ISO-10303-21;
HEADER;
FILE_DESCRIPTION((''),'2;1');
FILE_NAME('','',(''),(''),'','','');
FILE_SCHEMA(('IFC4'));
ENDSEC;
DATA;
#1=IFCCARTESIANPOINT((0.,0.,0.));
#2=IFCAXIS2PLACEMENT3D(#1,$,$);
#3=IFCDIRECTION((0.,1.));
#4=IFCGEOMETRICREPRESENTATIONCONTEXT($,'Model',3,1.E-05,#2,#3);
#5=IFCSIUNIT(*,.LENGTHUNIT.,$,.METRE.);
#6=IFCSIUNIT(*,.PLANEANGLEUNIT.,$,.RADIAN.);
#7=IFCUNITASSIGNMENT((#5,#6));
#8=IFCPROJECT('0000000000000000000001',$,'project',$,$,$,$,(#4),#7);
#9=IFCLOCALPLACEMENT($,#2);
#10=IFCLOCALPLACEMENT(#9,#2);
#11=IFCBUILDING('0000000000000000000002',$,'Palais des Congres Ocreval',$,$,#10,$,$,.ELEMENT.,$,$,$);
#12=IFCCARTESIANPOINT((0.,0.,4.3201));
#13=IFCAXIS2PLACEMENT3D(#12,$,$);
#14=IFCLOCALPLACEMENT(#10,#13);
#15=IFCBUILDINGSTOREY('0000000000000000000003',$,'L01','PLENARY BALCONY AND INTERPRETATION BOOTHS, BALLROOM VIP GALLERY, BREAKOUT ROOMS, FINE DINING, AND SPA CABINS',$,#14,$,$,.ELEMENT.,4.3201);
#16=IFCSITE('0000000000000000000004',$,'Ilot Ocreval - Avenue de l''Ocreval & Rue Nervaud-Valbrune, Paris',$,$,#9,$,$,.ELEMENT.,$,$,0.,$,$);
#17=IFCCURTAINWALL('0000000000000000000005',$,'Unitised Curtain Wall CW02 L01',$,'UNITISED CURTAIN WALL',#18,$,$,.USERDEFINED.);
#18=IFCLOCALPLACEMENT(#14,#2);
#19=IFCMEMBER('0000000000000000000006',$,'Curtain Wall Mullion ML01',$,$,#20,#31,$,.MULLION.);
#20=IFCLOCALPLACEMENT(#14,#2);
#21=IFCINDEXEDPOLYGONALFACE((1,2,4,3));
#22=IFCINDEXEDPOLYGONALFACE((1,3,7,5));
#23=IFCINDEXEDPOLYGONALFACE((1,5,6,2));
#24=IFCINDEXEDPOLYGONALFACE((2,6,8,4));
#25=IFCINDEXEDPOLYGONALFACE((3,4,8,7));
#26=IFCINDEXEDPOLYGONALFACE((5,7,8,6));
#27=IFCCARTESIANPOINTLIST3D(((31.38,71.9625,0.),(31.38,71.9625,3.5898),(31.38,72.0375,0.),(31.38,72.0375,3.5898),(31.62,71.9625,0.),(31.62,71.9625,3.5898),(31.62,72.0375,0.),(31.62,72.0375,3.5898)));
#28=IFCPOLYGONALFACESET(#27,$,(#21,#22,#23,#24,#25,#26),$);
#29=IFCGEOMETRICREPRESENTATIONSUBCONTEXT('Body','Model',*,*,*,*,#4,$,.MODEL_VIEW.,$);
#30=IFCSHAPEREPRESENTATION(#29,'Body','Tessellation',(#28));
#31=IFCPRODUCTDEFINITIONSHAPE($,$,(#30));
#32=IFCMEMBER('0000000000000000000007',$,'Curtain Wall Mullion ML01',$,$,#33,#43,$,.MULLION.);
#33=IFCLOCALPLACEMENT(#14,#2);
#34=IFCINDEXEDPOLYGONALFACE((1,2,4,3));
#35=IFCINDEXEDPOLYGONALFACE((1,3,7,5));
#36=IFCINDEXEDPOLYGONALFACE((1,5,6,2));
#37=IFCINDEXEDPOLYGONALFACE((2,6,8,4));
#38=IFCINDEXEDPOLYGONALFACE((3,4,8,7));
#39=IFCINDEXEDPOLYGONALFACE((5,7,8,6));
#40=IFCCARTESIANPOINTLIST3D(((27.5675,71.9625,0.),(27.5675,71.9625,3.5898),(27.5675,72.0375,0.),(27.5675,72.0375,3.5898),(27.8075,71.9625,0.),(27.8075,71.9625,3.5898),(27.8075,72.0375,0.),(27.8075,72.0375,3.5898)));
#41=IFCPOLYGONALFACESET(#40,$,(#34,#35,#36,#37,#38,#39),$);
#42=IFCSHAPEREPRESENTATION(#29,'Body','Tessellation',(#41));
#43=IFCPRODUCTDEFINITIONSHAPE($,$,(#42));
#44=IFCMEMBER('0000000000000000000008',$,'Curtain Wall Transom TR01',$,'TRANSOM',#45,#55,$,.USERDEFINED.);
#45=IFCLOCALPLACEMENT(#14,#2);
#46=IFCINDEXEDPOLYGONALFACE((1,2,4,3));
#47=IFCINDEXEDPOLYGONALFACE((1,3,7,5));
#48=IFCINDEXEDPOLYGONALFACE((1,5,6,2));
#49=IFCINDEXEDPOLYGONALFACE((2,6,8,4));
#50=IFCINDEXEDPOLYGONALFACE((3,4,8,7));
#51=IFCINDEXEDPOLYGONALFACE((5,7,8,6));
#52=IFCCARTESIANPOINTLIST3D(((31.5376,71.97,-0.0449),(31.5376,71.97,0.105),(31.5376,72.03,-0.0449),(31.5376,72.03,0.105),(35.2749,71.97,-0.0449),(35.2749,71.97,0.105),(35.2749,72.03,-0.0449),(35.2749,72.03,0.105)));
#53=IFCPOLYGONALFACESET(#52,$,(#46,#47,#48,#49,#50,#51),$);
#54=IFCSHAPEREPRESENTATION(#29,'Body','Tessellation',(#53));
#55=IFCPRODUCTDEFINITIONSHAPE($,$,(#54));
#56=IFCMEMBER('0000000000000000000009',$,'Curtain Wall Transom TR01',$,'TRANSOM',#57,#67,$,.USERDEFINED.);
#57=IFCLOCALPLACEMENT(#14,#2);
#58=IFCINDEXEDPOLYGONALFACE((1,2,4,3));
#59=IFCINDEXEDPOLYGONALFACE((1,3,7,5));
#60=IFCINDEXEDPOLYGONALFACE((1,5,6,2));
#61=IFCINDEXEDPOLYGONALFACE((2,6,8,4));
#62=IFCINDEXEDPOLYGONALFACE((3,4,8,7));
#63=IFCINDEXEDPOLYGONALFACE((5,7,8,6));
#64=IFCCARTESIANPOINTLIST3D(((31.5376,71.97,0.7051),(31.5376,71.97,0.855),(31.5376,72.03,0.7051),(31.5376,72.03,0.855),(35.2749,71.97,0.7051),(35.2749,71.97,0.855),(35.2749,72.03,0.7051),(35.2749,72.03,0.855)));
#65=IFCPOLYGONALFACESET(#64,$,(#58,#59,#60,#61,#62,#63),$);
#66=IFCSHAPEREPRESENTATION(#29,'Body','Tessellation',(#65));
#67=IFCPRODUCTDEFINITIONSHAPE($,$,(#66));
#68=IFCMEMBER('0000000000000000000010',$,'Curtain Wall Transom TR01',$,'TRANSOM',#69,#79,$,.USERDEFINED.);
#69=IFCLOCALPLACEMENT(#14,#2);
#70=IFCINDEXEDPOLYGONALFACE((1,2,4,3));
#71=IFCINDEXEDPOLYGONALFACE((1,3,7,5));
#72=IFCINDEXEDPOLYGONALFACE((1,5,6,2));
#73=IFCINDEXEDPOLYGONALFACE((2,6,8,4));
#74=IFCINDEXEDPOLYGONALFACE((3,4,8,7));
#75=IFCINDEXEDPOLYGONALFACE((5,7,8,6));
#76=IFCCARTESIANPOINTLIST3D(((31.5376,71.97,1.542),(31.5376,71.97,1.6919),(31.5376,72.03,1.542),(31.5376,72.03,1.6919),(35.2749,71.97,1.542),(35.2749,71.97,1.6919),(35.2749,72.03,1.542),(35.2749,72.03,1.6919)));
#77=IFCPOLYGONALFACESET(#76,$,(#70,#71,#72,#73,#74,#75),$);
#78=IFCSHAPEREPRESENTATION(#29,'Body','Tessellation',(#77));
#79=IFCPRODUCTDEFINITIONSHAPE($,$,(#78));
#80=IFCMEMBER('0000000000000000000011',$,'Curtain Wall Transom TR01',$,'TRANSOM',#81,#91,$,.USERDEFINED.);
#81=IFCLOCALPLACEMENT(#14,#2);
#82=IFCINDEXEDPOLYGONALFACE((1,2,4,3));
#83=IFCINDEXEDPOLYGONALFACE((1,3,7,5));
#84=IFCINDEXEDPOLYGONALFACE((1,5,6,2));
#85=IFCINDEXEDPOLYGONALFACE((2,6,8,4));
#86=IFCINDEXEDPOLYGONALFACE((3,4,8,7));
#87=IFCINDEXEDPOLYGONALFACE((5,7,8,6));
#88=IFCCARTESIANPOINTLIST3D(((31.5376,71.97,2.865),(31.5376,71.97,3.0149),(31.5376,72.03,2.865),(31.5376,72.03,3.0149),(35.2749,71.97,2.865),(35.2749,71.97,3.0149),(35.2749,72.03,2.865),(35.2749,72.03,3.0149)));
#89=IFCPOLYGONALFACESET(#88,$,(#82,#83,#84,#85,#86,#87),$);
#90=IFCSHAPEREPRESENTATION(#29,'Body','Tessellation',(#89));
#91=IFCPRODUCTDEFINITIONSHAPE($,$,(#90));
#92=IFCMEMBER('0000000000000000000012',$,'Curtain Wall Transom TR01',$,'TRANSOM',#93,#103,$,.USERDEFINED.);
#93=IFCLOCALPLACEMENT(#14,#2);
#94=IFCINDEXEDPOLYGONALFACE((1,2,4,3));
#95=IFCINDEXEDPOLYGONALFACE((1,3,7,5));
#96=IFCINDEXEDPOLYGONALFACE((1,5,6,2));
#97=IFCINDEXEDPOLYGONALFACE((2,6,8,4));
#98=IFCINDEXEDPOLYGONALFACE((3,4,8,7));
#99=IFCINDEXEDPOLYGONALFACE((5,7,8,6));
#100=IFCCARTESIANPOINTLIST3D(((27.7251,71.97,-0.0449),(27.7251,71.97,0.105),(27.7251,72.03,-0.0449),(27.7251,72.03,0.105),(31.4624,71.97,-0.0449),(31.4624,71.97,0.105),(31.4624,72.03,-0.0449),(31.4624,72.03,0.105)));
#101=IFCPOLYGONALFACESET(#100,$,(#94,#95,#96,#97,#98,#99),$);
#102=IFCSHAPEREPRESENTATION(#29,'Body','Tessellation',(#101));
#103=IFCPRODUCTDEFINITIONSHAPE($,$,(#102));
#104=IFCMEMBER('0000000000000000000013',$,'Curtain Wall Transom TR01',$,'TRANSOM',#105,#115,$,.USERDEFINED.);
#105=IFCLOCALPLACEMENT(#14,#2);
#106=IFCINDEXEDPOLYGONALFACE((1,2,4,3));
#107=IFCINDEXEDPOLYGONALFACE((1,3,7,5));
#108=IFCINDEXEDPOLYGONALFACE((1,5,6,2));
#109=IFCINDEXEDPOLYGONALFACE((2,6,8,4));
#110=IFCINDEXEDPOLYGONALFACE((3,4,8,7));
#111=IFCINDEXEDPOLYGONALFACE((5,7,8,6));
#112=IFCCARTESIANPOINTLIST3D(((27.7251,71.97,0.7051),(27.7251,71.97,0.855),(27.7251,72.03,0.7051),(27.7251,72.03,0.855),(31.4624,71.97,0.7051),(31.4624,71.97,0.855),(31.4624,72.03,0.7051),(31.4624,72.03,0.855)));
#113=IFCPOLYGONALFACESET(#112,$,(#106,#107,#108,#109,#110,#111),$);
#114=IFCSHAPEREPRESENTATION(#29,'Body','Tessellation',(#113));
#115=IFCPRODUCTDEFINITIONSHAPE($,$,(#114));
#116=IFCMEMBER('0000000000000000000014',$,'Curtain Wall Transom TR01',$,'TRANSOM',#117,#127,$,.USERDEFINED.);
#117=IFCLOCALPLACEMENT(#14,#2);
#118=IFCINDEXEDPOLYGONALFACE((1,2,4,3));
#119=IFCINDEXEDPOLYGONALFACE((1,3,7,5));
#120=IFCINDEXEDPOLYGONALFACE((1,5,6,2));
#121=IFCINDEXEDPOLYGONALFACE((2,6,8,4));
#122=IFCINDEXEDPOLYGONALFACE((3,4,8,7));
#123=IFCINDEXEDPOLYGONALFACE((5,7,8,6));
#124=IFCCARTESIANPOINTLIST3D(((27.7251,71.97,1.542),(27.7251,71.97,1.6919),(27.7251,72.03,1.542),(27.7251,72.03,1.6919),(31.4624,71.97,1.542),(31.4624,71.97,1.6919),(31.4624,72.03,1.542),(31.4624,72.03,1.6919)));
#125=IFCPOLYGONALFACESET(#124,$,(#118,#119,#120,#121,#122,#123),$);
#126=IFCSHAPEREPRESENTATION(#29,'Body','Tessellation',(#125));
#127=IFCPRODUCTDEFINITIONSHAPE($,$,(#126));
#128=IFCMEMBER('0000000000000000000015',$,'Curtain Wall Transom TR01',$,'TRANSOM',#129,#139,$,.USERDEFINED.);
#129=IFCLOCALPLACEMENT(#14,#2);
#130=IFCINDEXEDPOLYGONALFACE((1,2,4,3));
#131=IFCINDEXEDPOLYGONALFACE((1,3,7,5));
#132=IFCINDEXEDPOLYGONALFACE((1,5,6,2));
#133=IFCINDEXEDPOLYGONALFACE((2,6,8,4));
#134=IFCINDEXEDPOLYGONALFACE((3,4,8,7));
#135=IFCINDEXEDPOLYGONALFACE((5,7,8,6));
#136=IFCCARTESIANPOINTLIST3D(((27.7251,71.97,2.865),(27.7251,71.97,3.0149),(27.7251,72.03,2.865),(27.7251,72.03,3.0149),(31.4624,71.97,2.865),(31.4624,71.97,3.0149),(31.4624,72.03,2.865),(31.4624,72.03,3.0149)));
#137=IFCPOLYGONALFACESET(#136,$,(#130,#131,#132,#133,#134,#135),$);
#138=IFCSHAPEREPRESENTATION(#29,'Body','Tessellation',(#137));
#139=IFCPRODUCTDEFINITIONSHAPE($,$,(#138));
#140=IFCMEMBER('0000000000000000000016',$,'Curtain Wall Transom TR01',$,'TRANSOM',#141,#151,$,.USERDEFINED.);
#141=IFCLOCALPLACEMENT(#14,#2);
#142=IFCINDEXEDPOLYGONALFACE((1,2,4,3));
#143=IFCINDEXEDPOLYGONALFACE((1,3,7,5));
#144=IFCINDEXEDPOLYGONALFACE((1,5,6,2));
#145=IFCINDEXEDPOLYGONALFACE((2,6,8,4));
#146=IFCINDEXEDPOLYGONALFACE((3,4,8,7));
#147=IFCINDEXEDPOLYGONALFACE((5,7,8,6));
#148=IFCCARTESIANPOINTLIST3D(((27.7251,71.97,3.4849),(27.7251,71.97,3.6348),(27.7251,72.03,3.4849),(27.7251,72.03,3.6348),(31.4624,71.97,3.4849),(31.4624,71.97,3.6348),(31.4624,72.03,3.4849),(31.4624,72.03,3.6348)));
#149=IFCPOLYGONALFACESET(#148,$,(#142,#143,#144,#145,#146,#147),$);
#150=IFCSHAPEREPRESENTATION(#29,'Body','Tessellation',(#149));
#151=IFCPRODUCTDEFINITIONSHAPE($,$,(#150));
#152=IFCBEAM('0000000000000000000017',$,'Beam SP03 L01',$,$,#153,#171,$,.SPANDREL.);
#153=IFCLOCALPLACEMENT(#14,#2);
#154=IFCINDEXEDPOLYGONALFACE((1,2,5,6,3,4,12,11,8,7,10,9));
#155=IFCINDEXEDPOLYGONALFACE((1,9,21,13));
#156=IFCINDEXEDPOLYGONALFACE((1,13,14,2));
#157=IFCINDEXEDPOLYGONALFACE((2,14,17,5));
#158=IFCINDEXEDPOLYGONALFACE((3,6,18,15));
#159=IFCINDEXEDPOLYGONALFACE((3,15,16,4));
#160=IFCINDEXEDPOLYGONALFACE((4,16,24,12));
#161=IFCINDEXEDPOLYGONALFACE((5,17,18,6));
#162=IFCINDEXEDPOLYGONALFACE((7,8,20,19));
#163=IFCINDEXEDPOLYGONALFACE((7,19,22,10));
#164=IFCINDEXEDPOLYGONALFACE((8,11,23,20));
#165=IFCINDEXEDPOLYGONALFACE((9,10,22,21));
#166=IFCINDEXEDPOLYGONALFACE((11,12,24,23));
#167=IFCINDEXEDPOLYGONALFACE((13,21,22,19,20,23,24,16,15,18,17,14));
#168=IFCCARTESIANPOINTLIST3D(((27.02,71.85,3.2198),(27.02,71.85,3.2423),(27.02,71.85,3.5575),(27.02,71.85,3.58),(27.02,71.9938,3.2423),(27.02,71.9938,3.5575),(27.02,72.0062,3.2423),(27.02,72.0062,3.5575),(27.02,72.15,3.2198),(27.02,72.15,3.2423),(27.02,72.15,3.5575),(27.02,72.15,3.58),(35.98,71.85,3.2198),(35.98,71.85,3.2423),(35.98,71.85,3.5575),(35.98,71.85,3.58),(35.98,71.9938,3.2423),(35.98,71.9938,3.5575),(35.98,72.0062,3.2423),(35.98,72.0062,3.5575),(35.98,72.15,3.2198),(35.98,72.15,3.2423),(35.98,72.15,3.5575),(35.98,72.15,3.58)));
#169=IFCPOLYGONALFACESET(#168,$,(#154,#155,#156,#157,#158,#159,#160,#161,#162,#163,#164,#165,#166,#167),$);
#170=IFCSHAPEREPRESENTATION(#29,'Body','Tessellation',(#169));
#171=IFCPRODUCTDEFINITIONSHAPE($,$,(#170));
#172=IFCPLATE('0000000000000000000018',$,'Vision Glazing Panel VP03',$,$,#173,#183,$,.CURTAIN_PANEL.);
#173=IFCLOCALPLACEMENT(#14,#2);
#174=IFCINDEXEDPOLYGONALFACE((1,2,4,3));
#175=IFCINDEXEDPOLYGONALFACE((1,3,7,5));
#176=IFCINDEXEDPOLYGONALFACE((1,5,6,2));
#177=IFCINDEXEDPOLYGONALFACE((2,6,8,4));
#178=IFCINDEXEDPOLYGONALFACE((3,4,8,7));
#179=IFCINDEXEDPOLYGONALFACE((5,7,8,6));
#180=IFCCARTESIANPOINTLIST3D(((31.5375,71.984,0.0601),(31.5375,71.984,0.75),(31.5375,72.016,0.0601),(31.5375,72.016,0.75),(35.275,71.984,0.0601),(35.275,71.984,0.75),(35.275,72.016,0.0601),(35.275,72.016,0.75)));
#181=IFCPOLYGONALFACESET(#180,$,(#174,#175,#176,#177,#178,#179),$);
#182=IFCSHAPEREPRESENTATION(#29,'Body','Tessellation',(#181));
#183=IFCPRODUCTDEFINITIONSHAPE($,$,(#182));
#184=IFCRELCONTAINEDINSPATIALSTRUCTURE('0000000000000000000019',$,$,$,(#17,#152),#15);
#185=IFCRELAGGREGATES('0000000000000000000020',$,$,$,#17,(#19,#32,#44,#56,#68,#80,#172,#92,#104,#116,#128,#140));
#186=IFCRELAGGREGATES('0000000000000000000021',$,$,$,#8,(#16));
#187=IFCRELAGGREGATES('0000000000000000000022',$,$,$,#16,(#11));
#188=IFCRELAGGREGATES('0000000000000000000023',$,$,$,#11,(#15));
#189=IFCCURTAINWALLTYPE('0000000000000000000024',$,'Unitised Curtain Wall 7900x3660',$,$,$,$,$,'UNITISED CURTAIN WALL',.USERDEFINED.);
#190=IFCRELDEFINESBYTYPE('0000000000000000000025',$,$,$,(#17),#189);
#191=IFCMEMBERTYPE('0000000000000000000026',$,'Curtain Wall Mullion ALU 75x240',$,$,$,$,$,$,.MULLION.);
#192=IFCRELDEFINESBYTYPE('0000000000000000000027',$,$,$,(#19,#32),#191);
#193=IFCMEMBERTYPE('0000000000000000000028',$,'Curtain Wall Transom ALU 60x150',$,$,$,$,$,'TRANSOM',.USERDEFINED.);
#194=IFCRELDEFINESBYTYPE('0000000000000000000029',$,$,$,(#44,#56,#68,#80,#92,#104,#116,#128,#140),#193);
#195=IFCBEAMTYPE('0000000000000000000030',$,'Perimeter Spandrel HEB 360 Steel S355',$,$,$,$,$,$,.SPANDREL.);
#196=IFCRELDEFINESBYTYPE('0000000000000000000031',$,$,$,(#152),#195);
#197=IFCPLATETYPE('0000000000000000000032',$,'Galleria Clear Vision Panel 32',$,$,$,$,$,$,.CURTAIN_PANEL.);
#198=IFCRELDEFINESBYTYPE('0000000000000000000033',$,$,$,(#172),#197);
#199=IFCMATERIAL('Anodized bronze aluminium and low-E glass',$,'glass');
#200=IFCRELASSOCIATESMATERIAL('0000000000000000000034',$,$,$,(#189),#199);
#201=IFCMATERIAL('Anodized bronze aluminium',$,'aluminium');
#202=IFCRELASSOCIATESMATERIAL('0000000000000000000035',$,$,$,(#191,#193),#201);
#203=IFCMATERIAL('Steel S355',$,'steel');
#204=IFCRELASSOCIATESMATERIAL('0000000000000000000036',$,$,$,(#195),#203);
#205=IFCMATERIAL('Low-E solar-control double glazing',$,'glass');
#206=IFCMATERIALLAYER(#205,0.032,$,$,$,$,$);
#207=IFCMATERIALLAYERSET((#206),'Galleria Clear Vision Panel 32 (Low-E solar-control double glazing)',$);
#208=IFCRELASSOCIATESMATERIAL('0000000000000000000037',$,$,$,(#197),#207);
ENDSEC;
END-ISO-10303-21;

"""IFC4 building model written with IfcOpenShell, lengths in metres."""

from ifc_helpers import new_model, si_unit, direction, frame, origin, origin_2d, place, context, subcontext, project, spatial, rectangle, i_section, extrude, material, layer, layer_set, material_profile, profile_set, type_object, element, aggregate, save


model = new_model("IFC4")

# Units and contexts
model_context = context("Model", 3, precision=1e-05, world=origin(), true_north=direction((0.0, 1.0)))
body_context = subcontext(model_context, "Body", "Model", "MODEL_VIEW")
ifc_project = project(units=[si_unit("LENGTHUNIT", "METRE"), si_unit("PLANEANGLEUNIT", "RADIAN")], contexts=[model_context])

# Site, building, storey
site_placement = place(None, origin())
site = spatial("IfcSite", under=ifc_project, at=site_placement, Name="Ilot Ocreval - Avenue de l'Ocreval & Rue Nervaud-Valbrune, Paris", CompositionType="ELEMENT", RefElevation=0.0)
building_placement = place(site_placement, origin())
building = spatial("IfcBuilding", under=site, at=building_placement, Name="Palais des Congres Ocreval", CompositionType="ELEMENT")
storey_placement = place(building_placement, frame((0.0, 0.0, 4.3201)))
storey = spatial("IfcBuildingStorey", under=building, at=storey_placement, Name="L01", Description="PLENARY BALCONY AND INTERPRETATION BOOTHS, BALLROOM VIP GALLERY, BREAKOUT ROOMS, FINE DINING, AND SPA CABINS", CompositionType="ELEMENT", Elevation=4.3201)

# Curtain wall, members
ifc_material_1 = material(Name="Anodized bronze aluminium and low-E glass", Category="glass")
curtain_wall_type = type_object("IfcCurtainWallType", Name="Unitised Curtain Wall 7900x3660", ElementType="UNITISED CURTAIN WALL", PredefinedType="USERDEFINED", material=ifc_material_1)
curtain_wall_placement = place(storey_placement, origin())
curtain_wall = element("IfcCurtainWall", 1, at=curtain_wall_placement, inside=storey, type_object=curtain_wall_type, Name="Unitised Curtain Wall CW02 L01", ObjectType="UNITISED CURTAIN WALL", PredefinedType="USERDEFINED")
ifc_material_2 = material(Name="Anodized bronze aluminium", Category="aluminium")
ifc_material_profile_1 = material_profile(ifc_material_2, rectangle(XDim=0.075, YDim=0.24, at=origin_2d()), Name="ALU 75x240")
ifc_profile_set_1 = profile_set([ifc_material_profile_1], Name="Anodized bronze aluminium")
member_type_1 = type_object("IfcMemberType", Name="Curtain Wall Mullion ALU 75x240", PredefinedType="MULLION", material=ifc_profile_set_1)
member_1_placement = place(storey_placement, frame((31.5, 72.0, 0.0), z_axis=(0.0, 0.0, 1.0), x_axis=(0.0, -1.0, 0.0)))
member_1 = element("IfcMember", 2, at=member_1_placement, type_object=member_type_1, Name="Curtain Wall Mullion ML01", PredefinedType="MULLION", context=body_context, shape_type="SweptSolid", body=[
    extrude(rectangle(XDim=0.075, YDim=0.24, at=origin_2d()), origin(), (0.0, 0.0, 1.0), 3.5898),
])
member_2_placement = place(storey_placement, frame((27.6875, 72.0, 0.0), z_axis=(0.0, 0.0, 1.0), x_axis=(0.0, -1.0, 0.0)))
member_2 = element("IfcMember", 3, at=member_2_placement, type_object=member_type_1, Name="Curtain Wall Mullion ML01", PredefinedType="MULLION", context=body_context, shape_type="SweptSolid", body=[
    extrude(rectangle(XDim=0.075, YDim=0.24, at=origin_2d()), origin(), (0.0, 0.0, 1.0), 3.5898),
])
ifc_material_profile_2 = material_profile(ifc_material_2, rectangle(XDim=0.0601, YDim=0.1499, at=origin_2d()), Name="ALU 60x150")
ifc_profile_set_2 = profile_set([ifc_material_profile_2], Name="Anodized bronze aluminium")
member_type_2 = type_object("IfcMemberType", Name="Curtain Wall Transom ALU 60x150", ElementType="TRANSOM", PredefinedType="USERDEFINED", material=ifc_profile_set_2)
member_3_placement = place(storey_placement, frame((35.2749, 72.0, 0.03), z_axis=(-1.0, 0.0, 0.0), x_axis=(0.0, -1.0, 0.0)))
member_3 = element("IfcMember", 4, at=member_3_placement, type_object=member_type_2, Name="Curtain Wall Transom TR01", ObjectType="TRANSOM", PredefinedType="USERDEFINED", context=body_context, shape_type="SweptSolid", body=[
    extrude(rectangle(XDim=0.0601, YDim=0.1499, at=origin_2d()), origin(), (0.0, 0.0, 1.0), 3.7373),
])
member_4_placement = place(storey_placement, frame((35.2749, 72.0, 0.78), z_axis=(-1.0, 0.0, 0.0), x_axis=(0.0, -1.0, 0.0)))
member_4 = element("IfcMember", 5, at=member_4_placement, type_object=member_type_2, Name="Curtain Wall Transom TR01", ObjectType="TRANSOM", PredefinedType="USERDEFINED", context=body_context, shape_type="SweptSolid", body=[
    extrude(rectangle(XDim=0.0601, YDim=0.1499, at=origin_2d()), origin(), (0.0, 0.0, 1.0), 3.7373),
])
member_5_placement = place(storey_placement, frame((35.2749, 72.0, 1.6169), z_axis=(-1.0, 0.0, 0.0), x_axis=(0.0, -1.0, 0.0)))
member_5 = element("IfcMember", 6, at=member_5_placement, type_object=member_type_2, Name="Curtain Wall Transom TR01", ObjectType="TRANSOM", PredefinedType="USERDEFINED", context=body_context, shape_type="SweptSolid", body=[
    extrude(rectangle(XDim=0.0601, YDim=0.1499, at=origin_2d()), origin(), (0.0, 0.0, 1.0), 3.7373),
])
member_6_placement = place(storey_placement, frame((35.2749, 72.0, 2.9399), z_axis=(-1.0, 0.0, 0.0), x_axis=(0.0, -1.0, 0.0)))
member_6 = element("IfcMember", 7, at=member_6_placement, type_object=member_type_2, Name="Curtain Wall Transom TR01", ObjectType="TRANSOM", PredefinedType="USERDEFINED", context=body_context, shape_type="SweptSolid", body=[
    extrude(rectangle(XDim=0.0601, YDim=0.1499, at=origin_2d()), origin(), (0.0, 0.0, 1.0), 3.7373),
])
member_7_placement = place(storey_placement, frame((31.4624, 72.0, 0.03), z_axis=(-1.0, 0.0, 0.0), x_axis=(0.0, -1.0, 0.0)))
member_7 = element("IfcMember", 8, at=member_7_placement, type_object=member_type_2, Name="Curtain Wall Transom TR01", ObjectType="TRANSOM", PredefinedType="USERDEFINED", context=body_context, shape_type="SweptSolid", body=[
    extrude(rectangle(XDim=0.0601, YDim=0.1499, at=origin_2d()), origin(), (0.0, 0.0, 1.0), 3.7373),
])
member_8_placement = place(storey_placement, frame((31.4624, 72.0, 0.78), z_axis=(-1.0, 0.0, 0.0), x_axis=(0.0, -1.0, 0.0)))
member_8 = element("IfcMember", 9, at=member_8_placement, type_object=member_type_2, Name="Curtain Wall Transom TR01", ObjectType="TRANSOM", PredefinedType="USERDEFINED", context=body_context, shape_type="SweptSolid", body=[
    extrude(rectangle(XDim=0.0601, YDim=0.1499, at=origin_2d()), origin(), (0.0, 0.0, 1.0), 3.7373),
])
member_9_placement = place(storey_placement, frame((31.4624, 72.0, 1.6169), z_axis=(-1.0, 0.0, 0.0), x_axis=(0.0, -1.0, 0.0)))
member_9 = element("IfcMember", 10, at=member_9_placement, type_object=member_type_2, Name="Curtain Wall Transom TR01", ObjectType="TRANSOM", PredefinedType="USERDEFINED", context=body_context, shape_type="SweptSolid", body=[
    extrude(rectangle(XDim=0.0601, YDim=0.1499, at=origin_2d()), origin(), (0.0, 0.0, 1.0), 3.7373),
])
member_10_placement = place(storey_placement, frame((31.4624, 72.0, 2.9399), z_axis=(-1.0, 0.0, 0.0), x_axis=(0.0, -1.0, 0.0)))
member_10 = element("IfcMember", 11, at=member_10_placement, type_object=member_type_2, Name="Curtain Wall Transom TR01", ObjectType="TRANSOM", PredefinedType="USERDEFINED", context=body_context, shape_type="SweptSolid", body=[
    extrude(rectangle(XDim=0.0601, YDim=0.1499, at=origin_2d()), origin(), (0.0, 0.0, 1.0), 3.7373),
])
member_11_placement = place(storey_placement, frame((31.4624, 72.0, 3.5598), z_axis=(-1.0, 0.0, 0.0), x_axis=(0.0, -1.0, 0.0)))
member_11 = element("IfcMember", 12, at=member_11_placement, type_object=member_type_2, Name="Curtain Wall Transom TR01", ObjectType="TRANSOM", PredefinedType="USERDEFINED", context=body_context, shape_type="SweptSolid", body=[
    extrude(rectangle(XDim=0.0601, YDim=0.1499, at=origin_2d()), origin(), (0.0, 0.0, 1.0), 3.7373),
])

# Beam
ifc_material_3 = material(Name="Steel S355", Category="steel")
ifc_material_profile_3 = material_profile(ifc_material_3, i_section(OverallWidth=0.3, OverallDepth=0.3601, WebThickness=0.0125, FlangeThickness=0.0225, at=origin_2d()), Name="HEB 360")
ifc_profile_set_3 = profile_set([ifc_material_profile_3], Name="Steel S355")
beam_type = type_object("IfcBeamType", Name="Perimeter Spandrel HEB 360 Steel S355", PredefinedType="SPANDREL", material=ifc_profile_set_3)
beam_placement = place(storey_placement, frame((27.02, 72.0, 3.3999), z_axis=(1.0, 0.0, 0.0), x_axis=(0.0, 1.0, 0.0)))
element("IfcBeam", 13, at=beam_placement, inside=storey, type_object=beam_type, Name="Beam SP03 L01", PredefinedType="SPANDREL", context=body_context, shape_type="SweptSolid", body=[
    extrude(i_section(OverallWidth=0.3, OverallDepth=0.3601, WebThickness=0.0125, FlangeThickness=0.0225, at=origin_2d()), origin(), (0.0, 0.0, 1.0), 8.96),
])

# Plate
ifc_material_4 = material(Name="Low-E solar-control double glazing", Category="glass")
ifc_layer_1 = layer(ifc_material_4, 0.032)
ifc_layer_set_1 = layer_set([ifc_layer_1], Name="Galleria Clear Vision Panel 32 (Low-E solar-control double glazing)")
plate_type_1 = type_object("IfcPlateType", Name="Galleria Clear Vision Panel 32", PredefinedType="CURTAIN_PANEL", material=ifc_layer_set_1)
plate_1_placement = place(storey_placement, frame((33.4062, 72.0, 0.0601), z_axis=(0.0, 0.0, 1.0), x_axis=(-1.0, 0.0, 0.0)))
plate_1 = element("IfcPlate", 14, at=plate_1_placement, type_object=plate_type_1, Name="Vision Glazing Panel VP03", PredefinedType="CURTAIN_PANEL", context=body_context, shape_type="SweptSolid", body=[
    extrude(rectangle(XDim=3.7375, YDim=0.032, at=origin_2d()), origin(), (0.0, 0.0, 1.0), 0.6899),
])
aggregate(curtain_wall, [member_1, member_2, member_3, member_4, member_5, member_6, plate_1, member_7, member_8, member_9, member_10, member_11])

save(model, "model.ifc")
